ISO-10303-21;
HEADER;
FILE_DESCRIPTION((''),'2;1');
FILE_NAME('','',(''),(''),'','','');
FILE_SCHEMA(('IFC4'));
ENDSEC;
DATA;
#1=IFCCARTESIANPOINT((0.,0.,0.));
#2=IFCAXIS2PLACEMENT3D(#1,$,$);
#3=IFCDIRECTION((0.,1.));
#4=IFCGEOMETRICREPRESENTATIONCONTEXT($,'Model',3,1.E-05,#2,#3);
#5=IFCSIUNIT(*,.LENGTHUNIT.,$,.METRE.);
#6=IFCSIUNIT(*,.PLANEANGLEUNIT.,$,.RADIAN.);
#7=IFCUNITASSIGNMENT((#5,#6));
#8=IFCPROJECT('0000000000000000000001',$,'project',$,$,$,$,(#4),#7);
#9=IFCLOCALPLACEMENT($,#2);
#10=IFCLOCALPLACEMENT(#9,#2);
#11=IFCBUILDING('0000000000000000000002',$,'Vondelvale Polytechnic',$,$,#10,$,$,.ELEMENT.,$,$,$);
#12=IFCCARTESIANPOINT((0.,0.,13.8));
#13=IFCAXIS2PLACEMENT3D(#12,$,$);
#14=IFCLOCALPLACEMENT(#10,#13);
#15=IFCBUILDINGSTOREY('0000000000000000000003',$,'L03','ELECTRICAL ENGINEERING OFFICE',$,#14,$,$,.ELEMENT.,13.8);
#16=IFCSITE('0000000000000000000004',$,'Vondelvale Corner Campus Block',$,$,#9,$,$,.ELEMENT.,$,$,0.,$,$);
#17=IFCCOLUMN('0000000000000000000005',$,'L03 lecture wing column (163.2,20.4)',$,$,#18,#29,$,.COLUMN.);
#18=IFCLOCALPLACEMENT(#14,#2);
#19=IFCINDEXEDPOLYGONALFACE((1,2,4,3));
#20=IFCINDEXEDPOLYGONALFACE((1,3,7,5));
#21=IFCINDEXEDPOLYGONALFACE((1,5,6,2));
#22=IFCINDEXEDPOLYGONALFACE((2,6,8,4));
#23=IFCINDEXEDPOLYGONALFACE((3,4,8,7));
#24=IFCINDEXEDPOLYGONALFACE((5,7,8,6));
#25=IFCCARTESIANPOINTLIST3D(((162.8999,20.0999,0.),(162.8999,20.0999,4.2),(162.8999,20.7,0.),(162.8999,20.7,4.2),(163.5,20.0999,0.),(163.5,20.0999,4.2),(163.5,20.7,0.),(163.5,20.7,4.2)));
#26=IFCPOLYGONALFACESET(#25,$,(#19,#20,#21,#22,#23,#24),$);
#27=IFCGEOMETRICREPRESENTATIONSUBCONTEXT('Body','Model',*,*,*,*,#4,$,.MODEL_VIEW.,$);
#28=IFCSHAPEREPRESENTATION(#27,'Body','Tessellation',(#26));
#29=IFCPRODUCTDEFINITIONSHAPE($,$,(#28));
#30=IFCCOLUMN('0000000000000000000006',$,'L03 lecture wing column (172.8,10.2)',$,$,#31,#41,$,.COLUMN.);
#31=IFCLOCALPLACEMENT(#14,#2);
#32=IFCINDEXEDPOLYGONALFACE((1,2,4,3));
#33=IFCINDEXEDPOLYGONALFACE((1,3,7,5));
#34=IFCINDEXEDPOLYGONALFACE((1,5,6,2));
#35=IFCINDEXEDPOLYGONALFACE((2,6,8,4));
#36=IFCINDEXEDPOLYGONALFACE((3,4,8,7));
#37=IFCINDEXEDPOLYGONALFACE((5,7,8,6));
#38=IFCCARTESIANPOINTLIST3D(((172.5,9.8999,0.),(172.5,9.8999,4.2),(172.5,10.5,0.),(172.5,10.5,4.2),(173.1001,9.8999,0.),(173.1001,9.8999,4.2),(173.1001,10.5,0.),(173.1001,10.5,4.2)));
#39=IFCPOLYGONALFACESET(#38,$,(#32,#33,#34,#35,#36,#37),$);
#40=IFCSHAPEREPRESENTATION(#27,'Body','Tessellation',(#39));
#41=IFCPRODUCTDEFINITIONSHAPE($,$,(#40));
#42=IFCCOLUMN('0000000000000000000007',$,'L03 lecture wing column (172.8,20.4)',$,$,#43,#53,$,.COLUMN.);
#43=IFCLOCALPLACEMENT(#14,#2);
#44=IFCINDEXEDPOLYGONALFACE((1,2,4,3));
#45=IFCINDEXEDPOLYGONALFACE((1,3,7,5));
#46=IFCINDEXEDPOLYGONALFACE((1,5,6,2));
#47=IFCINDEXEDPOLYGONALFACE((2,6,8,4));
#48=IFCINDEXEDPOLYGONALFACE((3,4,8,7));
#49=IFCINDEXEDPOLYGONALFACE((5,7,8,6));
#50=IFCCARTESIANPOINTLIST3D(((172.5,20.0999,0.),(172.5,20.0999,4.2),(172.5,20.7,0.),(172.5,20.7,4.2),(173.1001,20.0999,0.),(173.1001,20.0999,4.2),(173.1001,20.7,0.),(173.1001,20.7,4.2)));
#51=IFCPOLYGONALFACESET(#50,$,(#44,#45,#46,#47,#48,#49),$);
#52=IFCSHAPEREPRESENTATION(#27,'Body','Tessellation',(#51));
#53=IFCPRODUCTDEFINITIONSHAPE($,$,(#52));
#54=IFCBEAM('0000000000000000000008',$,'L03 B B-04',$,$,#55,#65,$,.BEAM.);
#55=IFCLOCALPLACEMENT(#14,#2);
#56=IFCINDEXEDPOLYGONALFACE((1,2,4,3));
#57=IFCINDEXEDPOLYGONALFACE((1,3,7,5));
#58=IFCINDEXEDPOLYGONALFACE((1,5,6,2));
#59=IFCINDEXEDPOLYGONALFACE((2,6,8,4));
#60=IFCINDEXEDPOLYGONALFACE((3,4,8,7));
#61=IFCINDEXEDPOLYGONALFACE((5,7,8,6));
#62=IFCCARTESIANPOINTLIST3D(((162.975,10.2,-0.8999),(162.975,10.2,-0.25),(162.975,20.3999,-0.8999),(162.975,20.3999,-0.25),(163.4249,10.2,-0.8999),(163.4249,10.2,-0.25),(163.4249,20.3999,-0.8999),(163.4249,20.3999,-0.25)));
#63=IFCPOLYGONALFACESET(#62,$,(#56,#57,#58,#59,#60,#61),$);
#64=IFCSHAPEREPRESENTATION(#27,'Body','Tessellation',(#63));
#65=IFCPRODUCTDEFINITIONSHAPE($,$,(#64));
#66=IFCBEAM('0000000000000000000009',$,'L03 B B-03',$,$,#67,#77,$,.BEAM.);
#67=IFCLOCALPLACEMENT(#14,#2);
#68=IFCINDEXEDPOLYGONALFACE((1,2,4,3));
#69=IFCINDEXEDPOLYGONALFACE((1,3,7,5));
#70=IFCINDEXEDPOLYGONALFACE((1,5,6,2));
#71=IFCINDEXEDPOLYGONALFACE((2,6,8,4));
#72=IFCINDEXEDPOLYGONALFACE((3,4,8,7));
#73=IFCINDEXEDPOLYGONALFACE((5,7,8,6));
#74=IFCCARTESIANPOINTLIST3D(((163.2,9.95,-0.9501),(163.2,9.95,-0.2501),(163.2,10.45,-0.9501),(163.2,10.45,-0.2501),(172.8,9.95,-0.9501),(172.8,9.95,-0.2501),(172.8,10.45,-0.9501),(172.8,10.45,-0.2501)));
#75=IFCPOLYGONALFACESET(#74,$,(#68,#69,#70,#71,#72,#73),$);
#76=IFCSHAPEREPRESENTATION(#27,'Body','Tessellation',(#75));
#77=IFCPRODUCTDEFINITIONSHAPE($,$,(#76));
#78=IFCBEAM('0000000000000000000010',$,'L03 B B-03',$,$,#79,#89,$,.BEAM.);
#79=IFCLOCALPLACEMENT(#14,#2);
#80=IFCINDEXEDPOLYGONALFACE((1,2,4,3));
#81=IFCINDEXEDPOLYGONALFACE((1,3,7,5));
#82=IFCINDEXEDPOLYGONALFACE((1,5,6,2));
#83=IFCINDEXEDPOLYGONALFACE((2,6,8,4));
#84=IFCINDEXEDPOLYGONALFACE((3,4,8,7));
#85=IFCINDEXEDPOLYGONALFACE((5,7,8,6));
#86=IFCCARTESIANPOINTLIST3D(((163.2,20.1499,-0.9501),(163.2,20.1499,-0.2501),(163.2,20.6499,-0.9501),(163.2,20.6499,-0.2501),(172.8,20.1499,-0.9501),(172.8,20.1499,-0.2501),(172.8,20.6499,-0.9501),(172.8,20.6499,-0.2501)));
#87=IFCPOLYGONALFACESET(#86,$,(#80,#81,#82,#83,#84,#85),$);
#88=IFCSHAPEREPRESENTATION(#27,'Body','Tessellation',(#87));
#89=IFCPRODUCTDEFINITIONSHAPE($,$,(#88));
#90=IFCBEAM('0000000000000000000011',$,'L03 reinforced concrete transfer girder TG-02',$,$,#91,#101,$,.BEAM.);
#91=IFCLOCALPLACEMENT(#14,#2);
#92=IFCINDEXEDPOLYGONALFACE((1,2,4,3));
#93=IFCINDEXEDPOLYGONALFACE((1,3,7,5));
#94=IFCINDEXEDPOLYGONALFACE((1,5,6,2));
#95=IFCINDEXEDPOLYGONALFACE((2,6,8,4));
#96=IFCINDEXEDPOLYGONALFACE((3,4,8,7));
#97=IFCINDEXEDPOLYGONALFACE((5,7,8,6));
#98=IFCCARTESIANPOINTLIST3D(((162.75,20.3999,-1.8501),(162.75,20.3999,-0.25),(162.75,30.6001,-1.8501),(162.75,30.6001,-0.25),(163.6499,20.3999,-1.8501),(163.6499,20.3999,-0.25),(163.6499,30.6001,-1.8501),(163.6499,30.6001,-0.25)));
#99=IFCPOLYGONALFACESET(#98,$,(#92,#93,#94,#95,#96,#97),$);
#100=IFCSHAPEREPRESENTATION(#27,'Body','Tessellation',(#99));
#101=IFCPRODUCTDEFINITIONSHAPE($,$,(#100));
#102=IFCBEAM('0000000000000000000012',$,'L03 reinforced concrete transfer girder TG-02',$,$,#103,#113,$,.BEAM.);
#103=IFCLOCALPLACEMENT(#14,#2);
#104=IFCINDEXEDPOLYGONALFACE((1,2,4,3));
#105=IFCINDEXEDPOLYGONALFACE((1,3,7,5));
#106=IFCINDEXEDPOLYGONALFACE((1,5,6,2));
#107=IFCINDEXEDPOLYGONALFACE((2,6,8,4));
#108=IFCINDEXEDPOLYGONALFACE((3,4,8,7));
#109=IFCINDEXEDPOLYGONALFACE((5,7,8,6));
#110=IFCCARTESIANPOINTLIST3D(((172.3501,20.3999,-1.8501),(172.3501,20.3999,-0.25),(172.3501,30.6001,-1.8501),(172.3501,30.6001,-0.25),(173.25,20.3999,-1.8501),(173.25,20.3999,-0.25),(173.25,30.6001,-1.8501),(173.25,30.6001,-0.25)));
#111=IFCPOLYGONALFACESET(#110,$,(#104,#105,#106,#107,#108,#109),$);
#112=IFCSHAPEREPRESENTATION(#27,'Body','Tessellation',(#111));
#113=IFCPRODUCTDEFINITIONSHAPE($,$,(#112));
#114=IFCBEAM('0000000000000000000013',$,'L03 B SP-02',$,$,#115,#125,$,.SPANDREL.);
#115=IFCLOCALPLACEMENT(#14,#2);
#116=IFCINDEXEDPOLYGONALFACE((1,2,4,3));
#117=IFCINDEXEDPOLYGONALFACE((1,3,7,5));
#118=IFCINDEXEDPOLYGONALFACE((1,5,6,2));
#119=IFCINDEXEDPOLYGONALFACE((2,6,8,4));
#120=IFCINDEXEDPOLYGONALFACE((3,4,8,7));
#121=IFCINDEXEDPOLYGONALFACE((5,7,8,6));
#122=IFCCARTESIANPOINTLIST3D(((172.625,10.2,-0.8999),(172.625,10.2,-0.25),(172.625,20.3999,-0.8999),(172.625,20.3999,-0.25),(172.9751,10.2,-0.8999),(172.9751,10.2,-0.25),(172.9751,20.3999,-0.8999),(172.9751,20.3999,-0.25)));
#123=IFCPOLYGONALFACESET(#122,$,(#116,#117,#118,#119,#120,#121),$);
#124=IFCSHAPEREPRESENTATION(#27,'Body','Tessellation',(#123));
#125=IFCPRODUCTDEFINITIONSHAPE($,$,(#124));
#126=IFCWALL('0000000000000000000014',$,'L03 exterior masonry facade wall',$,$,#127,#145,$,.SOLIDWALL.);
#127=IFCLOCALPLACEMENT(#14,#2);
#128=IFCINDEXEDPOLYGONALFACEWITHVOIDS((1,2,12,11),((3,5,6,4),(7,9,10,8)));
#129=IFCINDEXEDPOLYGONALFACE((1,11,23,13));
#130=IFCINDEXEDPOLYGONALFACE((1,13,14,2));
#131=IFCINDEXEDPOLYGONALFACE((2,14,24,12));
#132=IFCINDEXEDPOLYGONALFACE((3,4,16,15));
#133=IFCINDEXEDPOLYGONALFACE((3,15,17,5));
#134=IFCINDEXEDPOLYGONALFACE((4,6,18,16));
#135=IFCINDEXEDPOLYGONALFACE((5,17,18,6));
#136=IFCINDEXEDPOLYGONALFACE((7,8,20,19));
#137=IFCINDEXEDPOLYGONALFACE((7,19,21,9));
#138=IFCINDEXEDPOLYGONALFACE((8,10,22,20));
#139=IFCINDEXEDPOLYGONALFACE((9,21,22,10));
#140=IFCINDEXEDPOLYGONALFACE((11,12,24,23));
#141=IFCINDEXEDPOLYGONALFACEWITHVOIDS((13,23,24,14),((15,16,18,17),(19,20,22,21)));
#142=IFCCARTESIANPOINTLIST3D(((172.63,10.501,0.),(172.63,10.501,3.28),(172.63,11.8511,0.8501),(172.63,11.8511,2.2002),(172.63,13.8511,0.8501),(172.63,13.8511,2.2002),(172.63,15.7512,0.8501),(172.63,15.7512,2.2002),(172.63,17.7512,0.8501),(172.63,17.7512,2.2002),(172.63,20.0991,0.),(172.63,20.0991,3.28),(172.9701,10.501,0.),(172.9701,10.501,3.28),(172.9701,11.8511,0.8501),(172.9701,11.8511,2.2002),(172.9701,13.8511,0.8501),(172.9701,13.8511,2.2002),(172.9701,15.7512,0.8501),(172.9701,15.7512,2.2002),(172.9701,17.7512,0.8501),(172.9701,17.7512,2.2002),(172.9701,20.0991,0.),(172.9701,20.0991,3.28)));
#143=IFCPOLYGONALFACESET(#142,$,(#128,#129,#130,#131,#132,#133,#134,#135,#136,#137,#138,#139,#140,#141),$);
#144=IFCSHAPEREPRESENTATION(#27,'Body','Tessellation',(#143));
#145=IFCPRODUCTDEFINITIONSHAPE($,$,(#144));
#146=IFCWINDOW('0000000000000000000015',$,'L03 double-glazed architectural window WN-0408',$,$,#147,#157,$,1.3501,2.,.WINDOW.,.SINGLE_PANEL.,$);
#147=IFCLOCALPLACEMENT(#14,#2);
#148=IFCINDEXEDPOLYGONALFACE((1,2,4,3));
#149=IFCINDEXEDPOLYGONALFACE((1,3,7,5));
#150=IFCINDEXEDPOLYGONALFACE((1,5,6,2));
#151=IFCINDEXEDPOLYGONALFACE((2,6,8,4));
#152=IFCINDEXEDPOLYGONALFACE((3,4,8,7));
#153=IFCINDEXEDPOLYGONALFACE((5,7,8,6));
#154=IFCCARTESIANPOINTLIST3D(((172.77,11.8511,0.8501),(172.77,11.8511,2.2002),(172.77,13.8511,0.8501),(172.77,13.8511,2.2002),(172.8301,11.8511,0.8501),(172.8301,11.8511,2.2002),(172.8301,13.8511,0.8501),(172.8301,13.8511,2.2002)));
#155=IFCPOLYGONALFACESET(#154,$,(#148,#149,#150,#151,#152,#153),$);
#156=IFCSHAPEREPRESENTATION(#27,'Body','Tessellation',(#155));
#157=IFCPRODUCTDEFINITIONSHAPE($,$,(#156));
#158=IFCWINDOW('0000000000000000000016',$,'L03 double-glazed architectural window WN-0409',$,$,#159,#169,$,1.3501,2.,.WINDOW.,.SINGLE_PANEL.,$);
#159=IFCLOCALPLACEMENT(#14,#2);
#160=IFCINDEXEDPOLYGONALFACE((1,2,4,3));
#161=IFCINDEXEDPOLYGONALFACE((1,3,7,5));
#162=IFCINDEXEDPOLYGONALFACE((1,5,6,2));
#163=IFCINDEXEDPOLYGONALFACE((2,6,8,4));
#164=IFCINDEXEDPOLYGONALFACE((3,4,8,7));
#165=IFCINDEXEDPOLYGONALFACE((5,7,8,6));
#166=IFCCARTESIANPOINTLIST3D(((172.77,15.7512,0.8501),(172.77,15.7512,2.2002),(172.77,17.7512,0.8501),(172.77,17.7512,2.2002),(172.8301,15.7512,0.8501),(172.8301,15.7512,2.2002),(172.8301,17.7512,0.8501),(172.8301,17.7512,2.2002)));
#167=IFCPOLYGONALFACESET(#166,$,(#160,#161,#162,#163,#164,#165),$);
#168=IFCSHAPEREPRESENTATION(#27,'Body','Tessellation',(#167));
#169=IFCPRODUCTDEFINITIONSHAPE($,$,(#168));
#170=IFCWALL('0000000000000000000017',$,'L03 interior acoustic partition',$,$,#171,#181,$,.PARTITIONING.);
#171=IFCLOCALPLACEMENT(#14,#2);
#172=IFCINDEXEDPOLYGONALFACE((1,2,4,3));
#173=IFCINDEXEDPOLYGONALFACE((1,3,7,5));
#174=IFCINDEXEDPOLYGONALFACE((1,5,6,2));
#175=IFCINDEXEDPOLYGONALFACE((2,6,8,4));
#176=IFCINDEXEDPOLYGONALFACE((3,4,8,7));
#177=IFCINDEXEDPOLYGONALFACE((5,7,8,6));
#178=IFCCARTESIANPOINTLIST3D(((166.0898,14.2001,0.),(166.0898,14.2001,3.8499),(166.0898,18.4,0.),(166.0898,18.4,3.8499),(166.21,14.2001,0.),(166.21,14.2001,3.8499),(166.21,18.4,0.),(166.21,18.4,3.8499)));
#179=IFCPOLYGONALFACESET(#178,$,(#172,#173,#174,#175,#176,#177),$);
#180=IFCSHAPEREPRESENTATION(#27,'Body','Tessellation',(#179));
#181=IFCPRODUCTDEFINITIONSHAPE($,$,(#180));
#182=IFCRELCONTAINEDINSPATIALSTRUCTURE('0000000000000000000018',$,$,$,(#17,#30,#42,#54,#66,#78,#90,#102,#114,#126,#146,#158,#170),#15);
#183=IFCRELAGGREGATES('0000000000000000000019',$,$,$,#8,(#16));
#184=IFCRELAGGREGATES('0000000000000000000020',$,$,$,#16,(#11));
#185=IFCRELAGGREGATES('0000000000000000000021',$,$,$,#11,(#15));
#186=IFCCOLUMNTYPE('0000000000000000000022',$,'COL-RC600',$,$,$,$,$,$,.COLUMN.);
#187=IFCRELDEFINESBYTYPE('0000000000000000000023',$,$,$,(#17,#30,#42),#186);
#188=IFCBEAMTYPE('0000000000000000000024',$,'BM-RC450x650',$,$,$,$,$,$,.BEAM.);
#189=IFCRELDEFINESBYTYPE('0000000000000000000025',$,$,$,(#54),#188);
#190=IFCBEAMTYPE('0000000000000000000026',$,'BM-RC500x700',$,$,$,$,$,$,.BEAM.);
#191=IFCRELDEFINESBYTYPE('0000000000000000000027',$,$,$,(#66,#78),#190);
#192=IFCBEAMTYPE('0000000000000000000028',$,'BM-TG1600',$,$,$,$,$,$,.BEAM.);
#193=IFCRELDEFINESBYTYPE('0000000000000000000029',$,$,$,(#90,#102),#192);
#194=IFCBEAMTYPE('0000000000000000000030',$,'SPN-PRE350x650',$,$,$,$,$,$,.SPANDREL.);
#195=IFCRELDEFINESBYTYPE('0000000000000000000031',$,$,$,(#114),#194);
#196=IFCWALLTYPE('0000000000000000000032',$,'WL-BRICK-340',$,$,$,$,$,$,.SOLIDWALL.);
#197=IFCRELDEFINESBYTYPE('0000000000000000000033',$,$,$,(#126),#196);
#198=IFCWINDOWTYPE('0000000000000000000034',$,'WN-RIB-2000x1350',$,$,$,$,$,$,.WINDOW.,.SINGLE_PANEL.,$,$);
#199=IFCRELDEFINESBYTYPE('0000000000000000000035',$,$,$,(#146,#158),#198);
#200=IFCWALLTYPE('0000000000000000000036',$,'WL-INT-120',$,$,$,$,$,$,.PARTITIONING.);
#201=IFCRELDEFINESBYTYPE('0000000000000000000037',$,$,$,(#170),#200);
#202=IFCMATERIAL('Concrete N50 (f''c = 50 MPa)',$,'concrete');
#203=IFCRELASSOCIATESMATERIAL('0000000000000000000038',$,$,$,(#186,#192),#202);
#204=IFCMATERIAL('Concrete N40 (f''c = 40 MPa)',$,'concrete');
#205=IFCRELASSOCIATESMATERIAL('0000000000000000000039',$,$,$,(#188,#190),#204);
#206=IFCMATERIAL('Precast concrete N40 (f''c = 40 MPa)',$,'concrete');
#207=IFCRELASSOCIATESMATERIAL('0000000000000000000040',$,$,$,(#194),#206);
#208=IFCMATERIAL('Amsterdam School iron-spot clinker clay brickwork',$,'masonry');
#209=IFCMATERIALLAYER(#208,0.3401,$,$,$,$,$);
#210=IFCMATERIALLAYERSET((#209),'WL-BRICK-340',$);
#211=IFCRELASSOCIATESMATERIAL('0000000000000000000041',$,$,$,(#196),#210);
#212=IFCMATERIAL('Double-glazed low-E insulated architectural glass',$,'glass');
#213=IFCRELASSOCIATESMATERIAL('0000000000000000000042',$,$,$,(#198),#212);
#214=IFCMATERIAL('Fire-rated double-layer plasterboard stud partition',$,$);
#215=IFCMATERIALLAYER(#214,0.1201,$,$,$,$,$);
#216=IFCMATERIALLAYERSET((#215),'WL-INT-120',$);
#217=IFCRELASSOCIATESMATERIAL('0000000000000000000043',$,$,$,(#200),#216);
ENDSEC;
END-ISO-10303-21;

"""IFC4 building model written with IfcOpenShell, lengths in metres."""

from ifc_helpers import new_model, si_unit, direction, frame, frame_2d, origin, origin_2d, place, context, subcontext, project, spatial, rectangle, extrude, material, layer, layer_set, material_profile, profile_set, type_object, element, fill, save


model = new_model("IFC4")

# Units and contexts
model_context = context("Model", 3, precision=1e-05, world=origin(), true_north=direction((0.0, 1.0)))
body_context = subcontext(model_context, "Body", "Model", "MODEL_VIEW")
ifc_project = project(units=[si_unit("LENGTHUNIT", "METRE"), si_unit("PLANEANGLEUNIT", "RADIAN")], contexts=[model_context])

# Site, building, storey
site_placement = place(None, origin())
site = spatial("IfcSite", under=ifc_project, at=site_placement, Name="Vondelvale Corner Campus Block", CompositionType="ELEMENT", RefElevation=0.0)
building_placement = place(site_placement, origin())
building = spatial("IfcBuilding", under=site, at=building_placement, Name="Vondelvale Polytechnic", CompositionType="ELEMENT")
storey_placement = place(building_placement, frame((0.0, 0.0, 13.8)))
storey = spatial("IfcBuildingStorey", under=building, at=storey_placement, Name="L03", Description="ELECTRICAL ENGINEERING OFFICE", CompositionType="ELEMENT", Elevation=13.8)

# Columns
ifc_material_1 = material(Name="Concrete N50 (f'c = 50 MPa)", Category="concrete")
ifc_material_profile_1 = material_profile(ifc_material_1, rectangle(XDim=0.6001, YDim=0.6001, at=origin_2d()), Name="RC-COL-600x600")
ifc_profile_set_1 = profile_set([ifc_material_profile_1], Name="Concrete N50 (f'c = 50 MPa)")
column_type = type_object("IfcColumnType", Name="COL-RC600", PredefinedType="COLUMN", material=ifc_profile_set_1)
for number, where, z_axis, x_axis, name in (
    (1, (163.2, 20.3999, 0.0), (0.0, 0.0, 1.0), (1.0, 0.0, 0.0), "L03 lecture wing column (163.2,20.4)"),
    (2, (172.8, 10.2, 0.0), (0.0, 0.0, 1.0), (1.0, 0.0, 0.0), "L03 lecture wing column (172.8,10.2)"),
    (3, (172.8, 20.3999, 0.0), (0.0, 0.0, 1.0), (1.0, 0.0, 0.0), "L03 lecture wing column (172.8,20.4)"),
):
    element("IfcColumn", number, at=place(storey_placement, frame(where, z_axis=z_axis, x_axis=x_axis)), inside=storey, type_object=column_type, Name=name, PredefinedType="COLUMN", context=body_context, shape_type="SweptSolid", body=[
        extrude(rectangle(XDim=0.6001, YDim=0.6001, at=origin_2d()), origin(), (0.0, 0.0, 1.0), 4.2),
    ])

# Beams
ifc_material_2 = material(Name="Concrete N40 (f'c = 40 MPa)", Category="concrete")
ifc_material_profile_2 = material_profile(ifc_material_2, rectangle(XDim=0.45, YDim=0.6499, at=origin_2d()), Name="RC-BM-450x650")
ifc_profile_set_2 = profile_set([ifc_material_profile_2], Name="Concrete N40 (f'c = 40 MPa)")
beam_type_1 = type_object("IfcBeamType", Name="BM-RC450x650", PredefinedType="BEAM", material=ifc_profile_set_2)
beam_1_placement = place(storey_placement, frame((163.2, 10.2, -0.575), z_axis=(0.0, 1.0, 0.0), x_axis=(-1.0, 0.0, 0.0)))
element("IfcBeam", 4, at=beam_1_placement, inside=storey, type_object=beam_type_1, Name="L03 B B-04", PredefinedType="BEAM", context=body_context, shape_type="SweptSolid", body=[
    extrude(rectangle(XDim=0.45, YDim=0.6499, at=origin_2d()), origin(), (0.0, 0.0, 1.0), 10.2),
])
ifc_material_profile_3 = material_profile(ifc_material_2, rectangle(XDim=0.5, YDim=0.7, at=origin_2d()), Name="RC-BM-500x700")
ifc_profile_set_3 = profile_set([ifc_material_profile_3], Name="Concrete N40 (f'c = 40 MPa)")
beam_type_2 = type_object("IfcBeamType", Name="BM-RC500x700", PredefinedType="BEAM", material=ifc_profile_set_3)
for number, where, z_axis, x_axis, name in (
    (5, (163.2, 10.2, -0.6001), (1.0, 0.0, 0.0), (0.0, 1.0, 0.0), "L03 B B-03"),
    (6, (163.2, 20.3999, -0.6001), (1.0, 0.0, 0.0), (0.0, 1.0, 0.0), "L03 B B-03"),
):
    element("IfcBeam", number, at=place(storey_placement, frame(where, z_axis=z_axis, x_axis=x_axis)), inside=storey, type_object=beam_type_2, Name=name, PredefinedType="BEAM", context=body_context, shape_type="SweptSolid", body=[
        extrude(rectangle(XDim=0.5, YDim=0.7, at=origin_2d()), origin(), (0.0, 0.0, 1.0), 9.6001),
    ])
ifc_material_profile_4 = material_profile(ifc_material_1, rectangle(XDim=0.8999, YDim=1.6001, at=origin_2d()), Name="RC-TG-900x1600")
ifc_profile_set_4 = profile_set([ifc_material_profile_4], Name="Concrete N50 (f'c = 50 MPa)")
beam_type_3 = type_object("IfcBeamType", Name="BM-TG1600", PredefinedType="BEAM", material=ifc_profile_set_4)
for number, where, z_axis, x_axis, name in (
    (7, (163.2, 20.3999, -1.05), (0.0, 1.0, 0.0), (-1.0, 0.0, 0.0), "L03 reinforced concrete transfer girder TG-02"),
    (8, (172.8, 20.3999, -1.05), (0.0, 1.0, 0.0), (-1.0, 0.0, 0.0), "L03 reinforced concrete transfer girder TG-02"),
):
    element("IfcBeam", number, at=place(storey_placement, frame(where, z_axis=z_axis, x_axis=x_axis)), inside=storey, type_object=beam_type_3, Name=name, PredefinedType="BEAM", context=body_context, shape_type="SweptSolid", body=[
        extrude(rectangle(XDim=0.8999, YDim=1.6001, at=origin_2d()), origin(), (0.0, 0.0, 1.0), 10.2002),
    ])
ifc_material_3 = material(Name="Precast concrete N40 (f'c = 40 MPa)", Category="concrete")
ifc_material_profile_5 = material_profile(ifc_material_3, rectangle(XDim=0.3501, YDim=0.6499, at=origin_2d()), Name="RC-SPN-350x650")
ifc_profile_set_5 = profile_set([ifc_material_profile_5], Name="Precast concrete N40 (f'c = 40 MPa)")
beam_type_4 = type_object("IfcBeamType", Name="SPN-PRE350x650", PredefinedType="SPANDREL", material=ifc_profile_set_5)
beam_2_placement = place(storey_placement, frame((172.8, 10.2, -0.575), z_axis=(0.0, 1.0, 0.0), x_axis=(-1.0, 0.0, 0.0)))
element("IfcBeam", 9, at=beam_2_placement, inside=storey, type_object=beam_type_4, Name="L03 B SP-02", PredefinedType="SPANDREL", context=body_context, shape_type="SweptSolid", body=[
    extrude(rectangle(XDim=0.3501, YDim=0.6499, at=origin_2d()), origin(), (0.0, 0.0, 1.0), 10.2),
])

# Wall, openings, windows
ifc_material_4 = material(Name="Amsterdam School iron-spot clinker clay brickwork", Category="masonry")
ifc_layer_1 = layer(ifc_material_4, 0.3401)
ifc_layer_set_1 = layer_set([ifc_layer_1], Name="WL-BRICK-340")
wall_type_1 = type_object("IfcWallType", Name="WL-BRICK-340", PredefinedType="SOLIDWALL", material=ifc_layer_set_1)
wall_1_placement = place(storey_placement, frame((172.8, 20.0991, 0.0), z_axis=(0.0, 0.0, 1.0), x_axis=(0.0, -1.0, 0.0)))
wall_1 = element("IfcWall", 10, at=wall_1_placement, inside=storey, type_object=wall_type_1, Name="L03 exterior masonry facade wall", PredefinedType="SOLIDWALL", context=body_context, shape_type="SweptSolid", body=[
    extrude(rectangle(XDim=9.5981, YDim=0.3401, at=frame_2d((4.7991, 0.0))), origin(), (0.0, 0.0, 1.0), 3.28),
])
opening_1_placement = place(wall_1_placement, frame((6.248, 0.0, 0.8501)))
opening_1 = element("IfcOpeningElement", 11, at=opening_1_placement, cuts=wall_1, PredefinedType="OPENING", context=body_context, shape_type="SweptSolid", body=[
    extrude(rectangle(XDim=2.0, YDim=1.3501, at=frame_2d((1.0, 0.675))), frame((0.0, 0.1799, 0.0), z_axis=(0.0, -1.0, 0.0), x_axis=(1.0, 0.0, 0.0)), (0.0, 0.0, 1.0), 0.3601),
])
opening_2_placement = place(wall_1_placement, frame((2.3479, 0.0, 0.8501)))
opening_2 = element("IfcOpeningElement", 12, at=opening_2_placement, cuts=wall_1, PredefinedType="OPENING", context=body_context, shape_type="SweptSolid", body=[
    extrude(rectangle(XDim=2.0, YDim=1.3501, at=frame_2d((1.0, 0.675))), frame((0.0, 0.1799, 0.0), z_axis=(0.0, -1.0, 0.0), x_axis=(1.0, 0.0, 0.0)), (0.0, 0.0, 1.0), 0.3601),
])
ifc_material_5 = material(Name="Double-glazed low-E insulated architectural glass", Category="glass")
window_type = type_object("IfcWindowType", Name="WN-RIB-2000x1350", PartitioningType="SINGLE_PANEL", PredefinedType="WINDOW", material=ifc_material_5)
window_1_placement = place(opening_1_placement, origin())
window_1 = element("IfcWindow", 13, at=window_1_placement, inside=storey, type_object=window_type, Name="L03 double-glazed architectural window WN-0408", OverallHeight=1.3501, OverallWidth=2.0, PartitioningType="SINGLE_PANEL", PredefinedType="WINDOW", context=body_context, shape_type="SweptSolid", body=[
    extrude(rectangle(XDim=2.0, YDim=1.3501, at=frame_2d((1.0, 0.675))), frame((0.0, 0.03, 0.0), z_axis=(0.0, -1.0, 0.0), x_axis=(1.0, 0.0, 0.0)), (0.0, 0.0, 1.0), 0.0601),
])
fill(opening_1, window_1)
window_2_placement = place(opening_2_placement, origin())
window_2 = element("IfcWindow", 14, at=window_2_placement, inside=storey, type_object=window_type, Name="L03 double-glazed architectural window WN-0409", OverallHeight=1.3501, OverallWidth=2.0, PartitioningType="SINGLE_PANEL", PredefinedType="WINDOW", context=body_context, shape_type="SweptSolid", body=[
    extrude(rectangle(XDim=2.0, YDim=1.3501, at=frame_2d((1.0, 0.675))), frame((0.0, 0.03, 0.0), z_axis=(0.0, -1.0, 0.0), x_axis=(1.0, 0.0, 0.0)), (0.0, 0.0, 1.0), 0.0601),
])
fill(opening_2, window_2)

# Wall
ifc_material_6 = material(Name="Fire-rated double-layer plasterboard stud partition")
ifc_layer_2 = layer(ifc_material_6, 0.1201)
ifc_layer_set_2 = layer_set([ifc_layer_2], Name="WL-INT-120")
wall_type_2 = type_object("IfcWallType", Name="WL-INT-120", PredefinedType="PARTITIONING", material=ifc_layer_set_2)
wall_2_placement = place(storey_placement, frame((166.1499, 14.2, 0.0), z_axis=(0.0, 0.0, 1.0), x_axis=(0.0, 1.0, 0.0)))
element("IfcWall", 15, at=wall_2_placement, inside=storey, type_object=wall_type_2, Name="L03 interior acoustic partition", PredefinedType="PARTITIONING", context=body_context, shape_type="SweptSolid", body=[
    extrude(rectangle(XDim=4.2, YDim=0.1201, at=frame_2d((2.1001, 0.0))), origin(), (0.0, 0.0, 1.0), 3.8499),
])

save(model, "model.ifc")
